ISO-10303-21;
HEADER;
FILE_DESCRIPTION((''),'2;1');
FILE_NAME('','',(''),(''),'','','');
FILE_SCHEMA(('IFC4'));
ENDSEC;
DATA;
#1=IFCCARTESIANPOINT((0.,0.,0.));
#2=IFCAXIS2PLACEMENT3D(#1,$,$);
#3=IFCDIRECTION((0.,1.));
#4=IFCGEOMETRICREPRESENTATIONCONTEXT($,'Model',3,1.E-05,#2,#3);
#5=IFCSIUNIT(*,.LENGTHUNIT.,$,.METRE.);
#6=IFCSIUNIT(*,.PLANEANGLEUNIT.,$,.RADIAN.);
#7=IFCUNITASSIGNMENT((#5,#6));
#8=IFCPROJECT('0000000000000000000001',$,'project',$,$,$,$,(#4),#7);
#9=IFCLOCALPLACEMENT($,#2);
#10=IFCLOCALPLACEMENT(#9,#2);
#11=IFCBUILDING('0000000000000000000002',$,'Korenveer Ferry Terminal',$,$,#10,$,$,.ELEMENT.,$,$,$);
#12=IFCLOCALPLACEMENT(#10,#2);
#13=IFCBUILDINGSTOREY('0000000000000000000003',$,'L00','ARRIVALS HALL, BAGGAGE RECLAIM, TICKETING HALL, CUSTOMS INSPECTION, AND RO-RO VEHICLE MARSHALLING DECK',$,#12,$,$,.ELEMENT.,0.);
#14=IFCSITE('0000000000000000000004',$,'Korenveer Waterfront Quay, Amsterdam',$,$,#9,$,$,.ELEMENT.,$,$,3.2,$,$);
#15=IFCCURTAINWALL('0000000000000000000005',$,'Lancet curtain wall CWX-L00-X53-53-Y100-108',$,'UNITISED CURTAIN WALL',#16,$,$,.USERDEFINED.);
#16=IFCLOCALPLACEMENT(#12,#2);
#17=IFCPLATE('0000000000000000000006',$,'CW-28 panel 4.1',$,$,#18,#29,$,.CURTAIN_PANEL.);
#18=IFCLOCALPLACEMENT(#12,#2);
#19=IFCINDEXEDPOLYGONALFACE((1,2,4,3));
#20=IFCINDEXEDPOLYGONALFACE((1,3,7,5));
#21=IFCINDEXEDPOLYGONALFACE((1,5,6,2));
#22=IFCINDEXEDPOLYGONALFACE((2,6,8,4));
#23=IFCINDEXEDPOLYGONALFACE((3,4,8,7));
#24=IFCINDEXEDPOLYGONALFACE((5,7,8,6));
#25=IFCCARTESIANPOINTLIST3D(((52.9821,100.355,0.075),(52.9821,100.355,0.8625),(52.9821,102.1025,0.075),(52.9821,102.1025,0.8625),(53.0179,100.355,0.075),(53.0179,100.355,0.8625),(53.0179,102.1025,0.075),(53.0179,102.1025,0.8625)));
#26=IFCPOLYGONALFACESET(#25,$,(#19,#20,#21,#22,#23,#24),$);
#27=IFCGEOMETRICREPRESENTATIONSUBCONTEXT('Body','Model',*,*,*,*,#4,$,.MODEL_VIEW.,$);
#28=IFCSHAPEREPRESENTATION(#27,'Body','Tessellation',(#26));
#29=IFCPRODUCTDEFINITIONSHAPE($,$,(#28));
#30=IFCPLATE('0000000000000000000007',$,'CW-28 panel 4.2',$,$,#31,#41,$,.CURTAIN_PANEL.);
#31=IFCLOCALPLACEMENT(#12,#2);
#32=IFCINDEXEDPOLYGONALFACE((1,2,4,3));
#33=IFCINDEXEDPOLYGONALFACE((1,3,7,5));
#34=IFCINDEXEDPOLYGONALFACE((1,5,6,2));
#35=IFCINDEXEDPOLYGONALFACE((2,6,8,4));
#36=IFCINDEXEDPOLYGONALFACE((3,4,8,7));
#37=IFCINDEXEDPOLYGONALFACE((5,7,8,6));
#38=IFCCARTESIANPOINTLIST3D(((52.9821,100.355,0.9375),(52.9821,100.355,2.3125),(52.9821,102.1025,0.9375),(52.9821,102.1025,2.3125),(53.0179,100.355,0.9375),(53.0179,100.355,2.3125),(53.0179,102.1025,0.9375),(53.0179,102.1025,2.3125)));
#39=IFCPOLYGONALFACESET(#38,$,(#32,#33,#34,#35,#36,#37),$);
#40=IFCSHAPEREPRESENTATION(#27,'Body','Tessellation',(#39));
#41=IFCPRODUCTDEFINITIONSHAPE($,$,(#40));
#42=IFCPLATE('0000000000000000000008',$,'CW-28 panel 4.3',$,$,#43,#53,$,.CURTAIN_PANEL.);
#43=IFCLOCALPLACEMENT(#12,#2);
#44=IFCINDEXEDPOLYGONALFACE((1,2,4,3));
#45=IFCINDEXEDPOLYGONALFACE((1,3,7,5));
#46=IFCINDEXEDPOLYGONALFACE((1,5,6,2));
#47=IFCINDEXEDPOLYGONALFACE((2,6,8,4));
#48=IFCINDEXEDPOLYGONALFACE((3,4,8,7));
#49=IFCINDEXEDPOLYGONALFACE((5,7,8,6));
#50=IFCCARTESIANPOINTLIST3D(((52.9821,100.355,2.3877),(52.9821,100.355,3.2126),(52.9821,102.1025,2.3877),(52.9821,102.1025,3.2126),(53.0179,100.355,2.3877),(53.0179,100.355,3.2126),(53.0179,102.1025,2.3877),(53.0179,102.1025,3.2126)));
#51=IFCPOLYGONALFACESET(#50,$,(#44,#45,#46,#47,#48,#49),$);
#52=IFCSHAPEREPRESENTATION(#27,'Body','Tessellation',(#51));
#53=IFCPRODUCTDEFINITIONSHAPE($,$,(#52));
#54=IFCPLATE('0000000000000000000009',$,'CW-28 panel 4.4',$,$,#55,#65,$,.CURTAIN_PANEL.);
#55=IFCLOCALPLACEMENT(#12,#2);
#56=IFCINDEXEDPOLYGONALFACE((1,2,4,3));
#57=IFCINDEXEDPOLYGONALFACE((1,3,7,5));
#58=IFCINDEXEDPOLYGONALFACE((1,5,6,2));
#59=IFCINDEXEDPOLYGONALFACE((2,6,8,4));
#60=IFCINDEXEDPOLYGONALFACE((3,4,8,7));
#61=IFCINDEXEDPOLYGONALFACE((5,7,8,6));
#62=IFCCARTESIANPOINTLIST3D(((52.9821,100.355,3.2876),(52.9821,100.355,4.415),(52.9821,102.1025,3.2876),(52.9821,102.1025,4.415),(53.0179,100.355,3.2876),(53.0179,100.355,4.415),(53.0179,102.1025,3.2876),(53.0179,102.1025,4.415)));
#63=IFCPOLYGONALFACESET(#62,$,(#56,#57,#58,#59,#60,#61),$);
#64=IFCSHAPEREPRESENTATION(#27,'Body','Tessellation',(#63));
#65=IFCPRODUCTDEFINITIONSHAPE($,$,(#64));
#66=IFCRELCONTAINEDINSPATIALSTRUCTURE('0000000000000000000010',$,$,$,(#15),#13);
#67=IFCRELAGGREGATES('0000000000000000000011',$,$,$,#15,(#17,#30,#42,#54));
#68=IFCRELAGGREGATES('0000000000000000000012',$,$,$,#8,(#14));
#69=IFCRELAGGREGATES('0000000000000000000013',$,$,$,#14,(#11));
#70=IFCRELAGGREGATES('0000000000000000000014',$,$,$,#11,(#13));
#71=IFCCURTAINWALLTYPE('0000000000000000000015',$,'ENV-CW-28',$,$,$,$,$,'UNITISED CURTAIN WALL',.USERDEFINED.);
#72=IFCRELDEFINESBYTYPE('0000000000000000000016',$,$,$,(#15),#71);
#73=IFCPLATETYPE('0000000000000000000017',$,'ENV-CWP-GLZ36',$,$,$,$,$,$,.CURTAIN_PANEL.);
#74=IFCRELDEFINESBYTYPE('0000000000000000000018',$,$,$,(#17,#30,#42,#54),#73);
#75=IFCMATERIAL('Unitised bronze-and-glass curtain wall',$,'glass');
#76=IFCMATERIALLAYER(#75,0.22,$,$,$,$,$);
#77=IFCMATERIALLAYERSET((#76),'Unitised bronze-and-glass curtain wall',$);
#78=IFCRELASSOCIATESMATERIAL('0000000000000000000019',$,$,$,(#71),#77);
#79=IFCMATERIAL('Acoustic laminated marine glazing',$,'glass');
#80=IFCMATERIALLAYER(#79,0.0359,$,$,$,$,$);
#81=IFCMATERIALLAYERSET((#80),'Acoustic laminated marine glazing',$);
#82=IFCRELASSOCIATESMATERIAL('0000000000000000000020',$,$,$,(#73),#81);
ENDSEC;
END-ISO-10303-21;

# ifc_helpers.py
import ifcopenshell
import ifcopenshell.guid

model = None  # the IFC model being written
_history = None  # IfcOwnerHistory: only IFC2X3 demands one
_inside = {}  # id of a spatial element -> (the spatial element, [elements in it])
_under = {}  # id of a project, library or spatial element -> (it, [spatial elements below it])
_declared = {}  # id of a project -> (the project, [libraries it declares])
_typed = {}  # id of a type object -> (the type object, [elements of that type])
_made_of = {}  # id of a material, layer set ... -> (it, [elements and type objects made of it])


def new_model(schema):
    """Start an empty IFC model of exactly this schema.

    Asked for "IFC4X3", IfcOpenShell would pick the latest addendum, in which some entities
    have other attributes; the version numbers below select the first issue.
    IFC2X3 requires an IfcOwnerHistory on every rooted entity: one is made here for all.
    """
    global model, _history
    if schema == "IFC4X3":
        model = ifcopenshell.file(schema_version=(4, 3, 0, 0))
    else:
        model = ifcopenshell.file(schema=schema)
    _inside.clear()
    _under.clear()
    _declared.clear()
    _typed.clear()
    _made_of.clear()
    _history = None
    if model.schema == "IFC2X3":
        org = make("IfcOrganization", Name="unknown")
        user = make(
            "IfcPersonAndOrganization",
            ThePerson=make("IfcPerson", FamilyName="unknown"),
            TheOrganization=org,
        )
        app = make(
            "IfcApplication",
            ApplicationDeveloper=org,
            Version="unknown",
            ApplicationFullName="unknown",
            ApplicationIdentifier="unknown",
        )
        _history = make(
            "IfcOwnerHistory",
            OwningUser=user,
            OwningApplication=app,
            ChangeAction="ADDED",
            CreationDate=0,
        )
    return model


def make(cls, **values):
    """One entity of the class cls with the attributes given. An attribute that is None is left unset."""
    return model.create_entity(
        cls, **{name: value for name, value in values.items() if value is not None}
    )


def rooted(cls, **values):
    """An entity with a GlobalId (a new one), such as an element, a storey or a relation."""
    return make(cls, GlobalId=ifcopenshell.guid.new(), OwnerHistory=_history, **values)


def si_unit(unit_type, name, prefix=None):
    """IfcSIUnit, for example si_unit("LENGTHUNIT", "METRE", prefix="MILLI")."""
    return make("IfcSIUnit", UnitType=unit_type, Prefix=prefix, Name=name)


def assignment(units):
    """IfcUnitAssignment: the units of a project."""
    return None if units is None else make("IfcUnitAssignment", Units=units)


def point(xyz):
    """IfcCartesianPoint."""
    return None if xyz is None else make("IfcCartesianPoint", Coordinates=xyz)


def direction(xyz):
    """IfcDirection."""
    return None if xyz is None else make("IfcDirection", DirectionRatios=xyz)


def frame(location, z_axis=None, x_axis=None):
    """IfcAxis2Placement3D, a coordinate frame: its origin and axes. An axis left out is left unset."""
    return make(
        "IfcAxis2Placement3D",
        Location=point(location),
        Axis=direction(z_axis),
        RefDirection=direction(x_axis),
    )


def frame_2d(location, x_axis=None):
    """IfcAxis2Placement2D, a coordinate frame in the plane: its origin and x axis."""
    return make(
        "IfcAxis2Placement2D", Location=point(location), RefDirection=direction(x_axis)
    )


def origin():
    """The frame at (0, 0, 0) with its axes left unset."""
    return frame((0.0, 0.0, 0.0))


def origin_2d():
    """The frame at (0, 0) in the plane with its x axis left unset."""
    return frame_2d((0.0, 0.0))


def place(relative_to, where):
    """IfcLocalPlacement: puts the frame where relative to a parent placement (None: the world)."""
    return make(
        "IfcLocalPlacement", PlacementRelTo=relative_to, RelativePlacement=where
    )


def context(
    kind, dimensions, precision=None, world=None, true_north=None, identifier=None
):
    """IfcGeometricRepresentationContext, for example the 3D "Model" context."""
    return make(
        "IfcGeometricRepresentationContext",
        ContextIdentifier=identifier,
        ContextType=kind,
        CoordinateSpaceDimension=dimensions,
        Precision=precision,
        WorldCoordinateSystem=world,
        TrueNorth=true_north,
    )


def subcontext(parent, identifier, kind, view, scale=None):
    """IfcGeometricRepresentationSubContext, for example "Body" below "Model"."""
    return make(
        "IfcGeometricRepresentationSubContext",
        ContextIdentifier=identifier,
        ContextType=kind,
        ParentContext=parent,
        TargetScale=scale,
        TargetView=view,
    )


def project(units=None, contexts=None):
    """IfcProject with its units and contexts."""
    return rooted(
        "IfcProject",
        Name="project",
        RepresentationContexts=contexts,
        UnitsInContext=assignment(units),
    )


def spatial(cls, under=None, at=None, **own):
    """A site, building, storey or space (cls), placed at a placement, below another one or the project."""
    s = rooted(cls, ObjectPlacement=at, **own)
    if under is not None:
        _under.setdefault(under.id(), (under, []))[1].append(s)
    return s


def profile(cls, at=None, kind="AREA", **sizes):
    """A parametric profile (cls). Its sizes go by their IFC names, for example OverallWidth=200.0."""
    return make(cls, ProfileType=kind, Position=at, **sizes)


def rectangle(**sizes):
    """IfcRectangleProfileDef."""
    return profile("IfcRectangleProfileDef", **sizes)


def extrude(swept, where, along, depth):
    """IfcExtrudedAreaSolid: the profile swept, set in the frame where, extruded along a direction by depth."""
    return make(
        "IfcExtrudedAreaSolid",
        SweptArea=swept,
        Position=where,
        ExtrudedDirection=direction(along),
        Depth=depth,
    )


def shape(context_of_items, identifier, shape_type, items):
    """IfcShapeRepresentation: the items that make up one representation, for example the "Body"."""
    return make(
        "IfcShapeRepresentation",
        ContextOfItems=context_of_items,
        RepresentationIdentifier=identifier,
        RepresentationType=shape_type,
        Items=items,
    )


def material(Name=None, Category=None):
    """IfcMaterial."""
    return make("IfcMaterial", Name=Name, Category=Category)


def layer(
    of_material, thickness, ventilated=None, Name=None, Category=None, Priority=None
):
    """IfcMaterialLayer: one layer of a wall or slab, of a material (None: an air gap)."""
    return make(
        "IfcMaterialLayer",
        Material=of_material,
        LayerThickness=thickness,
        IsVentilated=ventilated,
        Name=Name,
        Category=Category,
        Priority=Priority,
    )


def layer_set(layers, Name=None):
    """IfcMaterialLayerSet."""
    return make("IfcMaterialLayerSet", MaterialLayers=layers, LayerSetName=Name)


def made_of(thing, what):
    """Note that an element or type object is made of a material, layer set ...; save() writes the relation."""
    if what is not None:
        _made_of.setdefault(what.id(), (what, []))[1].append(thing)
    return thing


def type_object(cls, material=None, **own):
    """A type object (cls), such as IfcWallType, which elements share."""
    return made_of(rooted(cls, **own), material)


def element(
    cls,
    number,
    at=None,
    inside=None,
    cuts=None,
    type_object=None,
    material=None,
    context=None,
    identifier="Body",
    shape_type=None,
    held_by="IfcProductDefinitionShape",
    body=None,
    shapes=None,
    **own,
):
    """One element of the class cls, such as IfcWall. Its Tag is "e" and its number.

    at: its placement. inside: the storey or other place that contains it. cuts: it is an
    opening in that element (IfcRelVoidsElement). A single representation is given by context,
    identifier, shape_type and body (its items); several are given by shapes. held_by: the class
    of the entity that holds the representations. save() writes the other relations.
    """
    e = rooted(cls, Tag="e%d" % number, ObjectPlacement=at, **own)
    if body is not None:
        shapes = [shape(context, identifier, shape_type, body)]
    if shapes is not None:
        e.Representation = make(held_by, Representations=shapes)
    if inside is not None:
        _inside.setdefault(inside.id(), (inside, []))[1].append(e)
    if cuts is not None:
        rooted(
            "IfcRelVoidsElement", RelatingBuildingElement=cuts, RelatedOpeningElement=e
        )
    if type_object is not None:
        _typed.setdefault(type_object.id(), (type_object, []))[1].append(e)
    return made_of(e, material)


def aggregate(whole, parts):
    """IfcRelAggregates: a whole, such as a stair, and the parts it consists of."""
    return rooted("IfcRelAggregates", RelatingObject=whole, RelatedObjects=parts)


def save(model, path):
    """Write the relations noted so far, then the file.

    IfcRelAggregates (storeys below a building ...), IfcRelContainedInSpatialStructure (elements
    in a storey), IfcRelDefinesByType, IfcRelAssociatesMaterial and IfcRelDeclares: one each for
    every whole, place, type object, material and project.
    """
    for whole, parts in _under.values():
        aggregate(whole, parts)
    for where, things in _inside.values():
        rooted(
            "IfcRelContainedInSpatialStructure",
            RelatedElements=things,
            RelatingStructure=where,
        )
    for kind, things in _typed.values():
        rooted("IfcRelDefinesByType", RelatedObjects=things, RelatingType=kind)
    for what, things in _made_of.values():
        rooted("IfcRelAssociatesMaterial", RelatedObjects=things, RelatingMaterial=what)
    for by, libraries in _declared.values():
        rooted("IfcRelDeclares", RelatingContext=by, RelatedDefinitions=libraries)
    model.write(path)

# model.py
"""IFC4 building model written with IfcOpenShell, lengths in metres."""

from ifc_helpers import new_model, si_unit, direction, frame, origin, origin_2d, place, context, subcontext, project, spatial, rectangle, extrude, material, layer, layer_set, type_object, element, aggregate, save


model = new_model("IFC4")

# Units and contexts
model_context = context("Model", 3, precision=1e-05, world=origin(), true_north=direction((0.0, 1.0)))
body_context = subcontext(model_context, "Body", "Model", "MODEL_VIEW")
ifc_project = project(units=[si_unit("LENGTHUNIT", "METRE"), si_unit("PLANEANGLEUNIT", "RADIAN")], contexts=[model_context])

# Site, building, storey
site_placement = place(None, origin())
site = spatial("IfcSite", under=ifc_project, at=site_placement, Name="Korenveer Waterfront Quay, Amsterdam", CompositionType="ELEMENT", RefElevation=3.2)
building_placement = place(site_placement, origin())
building = spatial("IfcBuilding", under=site, at=building_placement, Name="Korenveer Ferry Terminal", CompositionType="ELEMENT")
storey_placement = place(building_placement, origin())
storey = spatial("IfcBuildingStorey", under=building, at=storey_placement, Name="L00", Description="ARRIVALS HALL, BAGGAGE RECLAIM, TICKETING HALL, CUSTOMS INSPECTION, AND RO-RO VEHICLE MARSHALLING DECK", CompositionType="ELEMENT", Elevation=0.0)

# Curtain wall
ifc_material_1 = material(Name="Unitised bronze-and-glass curtain wall", Category="glass")
ifc_layer_1 = layer(ifc_material_1, 0.22)
ifc_layer_set_1 = layer_set([ifc_layer_1], Name="Unitised bronze-and-glass curtain wall")
curtain_wall_type = type_object("IfcCurtainWallType", Name="ENV-CW-28", ElementType="UNITISED CURTAIN WALL", PredefinedType="USERDEFINED", material=ifc_layer_set_1)
curtain_wall_placement = place(storey_placement, frame((53.0, 107.72, 0.0)))
curtain_wall = element("IfcCurtainWall", 1, at=curtain_wall_placement, inside=storey, type_object=curtain_wall_type, Name="Lancet curtain wall CWX-L00-X53-53-Y100-108", ObjectType="UNITISED CURTAIN WALL", PredefinedType="USERDEFINED")

# Plates
ifc_material_2 = material(Name="Acoustic laminated marine glazing", Category="glass")
ifc_layer_2 = layer(ifc_material_2, 0.0359)
ifc_layer_set_2 = layer_set([ifc_layer_2], Name="Acoustic laminated marine glazing")
plate_type = type_object("IfcPlateType", Name="ENV-CWP-GLZ36", PredefinedType="CURTAIN_PANEL", material=ifc_layer_set_2)
plate_1_placement = place(storey_placement, frame((53.0, 101.2288, 0.075), z_axis=(0.0, 0.0, 1.0), x_axis=(0.0, -1.0, 0.0)))
plate_1 = element("IfcPlate", 2, at=plate_1_placement, type_object=plate_type, Name="CW-28 panel 4.1", PredefinedType="CURTAIN_PANEL", context=body_context, shape_type="SweptSolid", body=[
    extrude(rectangle(XDim=1.7476, YDim=0.0359, at=origin_2d()), origin(), (0.0, 0.0, 1.0), 0.7876),
])
plate_2_placement = place(storey_placement, frame((53.0, 101.2288, 0.9375), z_axis=(0.0, 0.0, 1.0), x_axis=(0.0, -1.0, 0.0)))
plate_2 = element("IfcPlate", 3, at=plate_2_placement, type_object=plate_type, Name="CW-28 panel 4.2", PredefinedType="CURTAIN_PANEL", context=body_context, shape_type="SweptSolid", body=[
    extrude(rectangle(XDim=1.7476, YDim=0.0359, at=origin_2d()), origin(), (0.0, 0.0, 1.0), 1.375),
])
plate_3_placement = place(storey_placement, frame((53.0, 101.2288, 2.3877), z_axis=(0.0, 0.0, 1.0), x_axis=(0.0, -1.0, 0.0)))
plate_3 = element("IfcPlate", 4, at=plate_3_placement, type_object=plate_type, Name="CW-28 panel 4.3", PredefinedType="CURTAIN_PANEL", context=body_context, shape_type="SweptSolid", body=[
    extrude(rectangle(XDim=1.7476, YDim=0.0359, at=origin_2d()), origin(), (0.0, 0.0, 1.0), 0.825),
])
plate_4_placement = place(storey_placement, frame((53.0, 101.2288, 3.2876), z_axis=(0.0, 0.0, 1.0), x_axis=(0.0, -1.0, 0.0)))
plate_4 = element("IfcPlate", 5, at=plate_4_placement, type_object=plate_type, Name="CW-28 panel 4.4", PredefinedType="CURTAIN_PANEL", context=body_context, shape_type="SweptSolid", body=[
    extrude(rectangle(XDim=1.7476, YDim=0.0359, at=origin_2d()), origin(), (0.0, 0.0, 1.0), 1.1274),
])
aggregate(curtain_wall, [plate_1, plate_2, plate_3, plate_4])

save(model, "model.ifc")
